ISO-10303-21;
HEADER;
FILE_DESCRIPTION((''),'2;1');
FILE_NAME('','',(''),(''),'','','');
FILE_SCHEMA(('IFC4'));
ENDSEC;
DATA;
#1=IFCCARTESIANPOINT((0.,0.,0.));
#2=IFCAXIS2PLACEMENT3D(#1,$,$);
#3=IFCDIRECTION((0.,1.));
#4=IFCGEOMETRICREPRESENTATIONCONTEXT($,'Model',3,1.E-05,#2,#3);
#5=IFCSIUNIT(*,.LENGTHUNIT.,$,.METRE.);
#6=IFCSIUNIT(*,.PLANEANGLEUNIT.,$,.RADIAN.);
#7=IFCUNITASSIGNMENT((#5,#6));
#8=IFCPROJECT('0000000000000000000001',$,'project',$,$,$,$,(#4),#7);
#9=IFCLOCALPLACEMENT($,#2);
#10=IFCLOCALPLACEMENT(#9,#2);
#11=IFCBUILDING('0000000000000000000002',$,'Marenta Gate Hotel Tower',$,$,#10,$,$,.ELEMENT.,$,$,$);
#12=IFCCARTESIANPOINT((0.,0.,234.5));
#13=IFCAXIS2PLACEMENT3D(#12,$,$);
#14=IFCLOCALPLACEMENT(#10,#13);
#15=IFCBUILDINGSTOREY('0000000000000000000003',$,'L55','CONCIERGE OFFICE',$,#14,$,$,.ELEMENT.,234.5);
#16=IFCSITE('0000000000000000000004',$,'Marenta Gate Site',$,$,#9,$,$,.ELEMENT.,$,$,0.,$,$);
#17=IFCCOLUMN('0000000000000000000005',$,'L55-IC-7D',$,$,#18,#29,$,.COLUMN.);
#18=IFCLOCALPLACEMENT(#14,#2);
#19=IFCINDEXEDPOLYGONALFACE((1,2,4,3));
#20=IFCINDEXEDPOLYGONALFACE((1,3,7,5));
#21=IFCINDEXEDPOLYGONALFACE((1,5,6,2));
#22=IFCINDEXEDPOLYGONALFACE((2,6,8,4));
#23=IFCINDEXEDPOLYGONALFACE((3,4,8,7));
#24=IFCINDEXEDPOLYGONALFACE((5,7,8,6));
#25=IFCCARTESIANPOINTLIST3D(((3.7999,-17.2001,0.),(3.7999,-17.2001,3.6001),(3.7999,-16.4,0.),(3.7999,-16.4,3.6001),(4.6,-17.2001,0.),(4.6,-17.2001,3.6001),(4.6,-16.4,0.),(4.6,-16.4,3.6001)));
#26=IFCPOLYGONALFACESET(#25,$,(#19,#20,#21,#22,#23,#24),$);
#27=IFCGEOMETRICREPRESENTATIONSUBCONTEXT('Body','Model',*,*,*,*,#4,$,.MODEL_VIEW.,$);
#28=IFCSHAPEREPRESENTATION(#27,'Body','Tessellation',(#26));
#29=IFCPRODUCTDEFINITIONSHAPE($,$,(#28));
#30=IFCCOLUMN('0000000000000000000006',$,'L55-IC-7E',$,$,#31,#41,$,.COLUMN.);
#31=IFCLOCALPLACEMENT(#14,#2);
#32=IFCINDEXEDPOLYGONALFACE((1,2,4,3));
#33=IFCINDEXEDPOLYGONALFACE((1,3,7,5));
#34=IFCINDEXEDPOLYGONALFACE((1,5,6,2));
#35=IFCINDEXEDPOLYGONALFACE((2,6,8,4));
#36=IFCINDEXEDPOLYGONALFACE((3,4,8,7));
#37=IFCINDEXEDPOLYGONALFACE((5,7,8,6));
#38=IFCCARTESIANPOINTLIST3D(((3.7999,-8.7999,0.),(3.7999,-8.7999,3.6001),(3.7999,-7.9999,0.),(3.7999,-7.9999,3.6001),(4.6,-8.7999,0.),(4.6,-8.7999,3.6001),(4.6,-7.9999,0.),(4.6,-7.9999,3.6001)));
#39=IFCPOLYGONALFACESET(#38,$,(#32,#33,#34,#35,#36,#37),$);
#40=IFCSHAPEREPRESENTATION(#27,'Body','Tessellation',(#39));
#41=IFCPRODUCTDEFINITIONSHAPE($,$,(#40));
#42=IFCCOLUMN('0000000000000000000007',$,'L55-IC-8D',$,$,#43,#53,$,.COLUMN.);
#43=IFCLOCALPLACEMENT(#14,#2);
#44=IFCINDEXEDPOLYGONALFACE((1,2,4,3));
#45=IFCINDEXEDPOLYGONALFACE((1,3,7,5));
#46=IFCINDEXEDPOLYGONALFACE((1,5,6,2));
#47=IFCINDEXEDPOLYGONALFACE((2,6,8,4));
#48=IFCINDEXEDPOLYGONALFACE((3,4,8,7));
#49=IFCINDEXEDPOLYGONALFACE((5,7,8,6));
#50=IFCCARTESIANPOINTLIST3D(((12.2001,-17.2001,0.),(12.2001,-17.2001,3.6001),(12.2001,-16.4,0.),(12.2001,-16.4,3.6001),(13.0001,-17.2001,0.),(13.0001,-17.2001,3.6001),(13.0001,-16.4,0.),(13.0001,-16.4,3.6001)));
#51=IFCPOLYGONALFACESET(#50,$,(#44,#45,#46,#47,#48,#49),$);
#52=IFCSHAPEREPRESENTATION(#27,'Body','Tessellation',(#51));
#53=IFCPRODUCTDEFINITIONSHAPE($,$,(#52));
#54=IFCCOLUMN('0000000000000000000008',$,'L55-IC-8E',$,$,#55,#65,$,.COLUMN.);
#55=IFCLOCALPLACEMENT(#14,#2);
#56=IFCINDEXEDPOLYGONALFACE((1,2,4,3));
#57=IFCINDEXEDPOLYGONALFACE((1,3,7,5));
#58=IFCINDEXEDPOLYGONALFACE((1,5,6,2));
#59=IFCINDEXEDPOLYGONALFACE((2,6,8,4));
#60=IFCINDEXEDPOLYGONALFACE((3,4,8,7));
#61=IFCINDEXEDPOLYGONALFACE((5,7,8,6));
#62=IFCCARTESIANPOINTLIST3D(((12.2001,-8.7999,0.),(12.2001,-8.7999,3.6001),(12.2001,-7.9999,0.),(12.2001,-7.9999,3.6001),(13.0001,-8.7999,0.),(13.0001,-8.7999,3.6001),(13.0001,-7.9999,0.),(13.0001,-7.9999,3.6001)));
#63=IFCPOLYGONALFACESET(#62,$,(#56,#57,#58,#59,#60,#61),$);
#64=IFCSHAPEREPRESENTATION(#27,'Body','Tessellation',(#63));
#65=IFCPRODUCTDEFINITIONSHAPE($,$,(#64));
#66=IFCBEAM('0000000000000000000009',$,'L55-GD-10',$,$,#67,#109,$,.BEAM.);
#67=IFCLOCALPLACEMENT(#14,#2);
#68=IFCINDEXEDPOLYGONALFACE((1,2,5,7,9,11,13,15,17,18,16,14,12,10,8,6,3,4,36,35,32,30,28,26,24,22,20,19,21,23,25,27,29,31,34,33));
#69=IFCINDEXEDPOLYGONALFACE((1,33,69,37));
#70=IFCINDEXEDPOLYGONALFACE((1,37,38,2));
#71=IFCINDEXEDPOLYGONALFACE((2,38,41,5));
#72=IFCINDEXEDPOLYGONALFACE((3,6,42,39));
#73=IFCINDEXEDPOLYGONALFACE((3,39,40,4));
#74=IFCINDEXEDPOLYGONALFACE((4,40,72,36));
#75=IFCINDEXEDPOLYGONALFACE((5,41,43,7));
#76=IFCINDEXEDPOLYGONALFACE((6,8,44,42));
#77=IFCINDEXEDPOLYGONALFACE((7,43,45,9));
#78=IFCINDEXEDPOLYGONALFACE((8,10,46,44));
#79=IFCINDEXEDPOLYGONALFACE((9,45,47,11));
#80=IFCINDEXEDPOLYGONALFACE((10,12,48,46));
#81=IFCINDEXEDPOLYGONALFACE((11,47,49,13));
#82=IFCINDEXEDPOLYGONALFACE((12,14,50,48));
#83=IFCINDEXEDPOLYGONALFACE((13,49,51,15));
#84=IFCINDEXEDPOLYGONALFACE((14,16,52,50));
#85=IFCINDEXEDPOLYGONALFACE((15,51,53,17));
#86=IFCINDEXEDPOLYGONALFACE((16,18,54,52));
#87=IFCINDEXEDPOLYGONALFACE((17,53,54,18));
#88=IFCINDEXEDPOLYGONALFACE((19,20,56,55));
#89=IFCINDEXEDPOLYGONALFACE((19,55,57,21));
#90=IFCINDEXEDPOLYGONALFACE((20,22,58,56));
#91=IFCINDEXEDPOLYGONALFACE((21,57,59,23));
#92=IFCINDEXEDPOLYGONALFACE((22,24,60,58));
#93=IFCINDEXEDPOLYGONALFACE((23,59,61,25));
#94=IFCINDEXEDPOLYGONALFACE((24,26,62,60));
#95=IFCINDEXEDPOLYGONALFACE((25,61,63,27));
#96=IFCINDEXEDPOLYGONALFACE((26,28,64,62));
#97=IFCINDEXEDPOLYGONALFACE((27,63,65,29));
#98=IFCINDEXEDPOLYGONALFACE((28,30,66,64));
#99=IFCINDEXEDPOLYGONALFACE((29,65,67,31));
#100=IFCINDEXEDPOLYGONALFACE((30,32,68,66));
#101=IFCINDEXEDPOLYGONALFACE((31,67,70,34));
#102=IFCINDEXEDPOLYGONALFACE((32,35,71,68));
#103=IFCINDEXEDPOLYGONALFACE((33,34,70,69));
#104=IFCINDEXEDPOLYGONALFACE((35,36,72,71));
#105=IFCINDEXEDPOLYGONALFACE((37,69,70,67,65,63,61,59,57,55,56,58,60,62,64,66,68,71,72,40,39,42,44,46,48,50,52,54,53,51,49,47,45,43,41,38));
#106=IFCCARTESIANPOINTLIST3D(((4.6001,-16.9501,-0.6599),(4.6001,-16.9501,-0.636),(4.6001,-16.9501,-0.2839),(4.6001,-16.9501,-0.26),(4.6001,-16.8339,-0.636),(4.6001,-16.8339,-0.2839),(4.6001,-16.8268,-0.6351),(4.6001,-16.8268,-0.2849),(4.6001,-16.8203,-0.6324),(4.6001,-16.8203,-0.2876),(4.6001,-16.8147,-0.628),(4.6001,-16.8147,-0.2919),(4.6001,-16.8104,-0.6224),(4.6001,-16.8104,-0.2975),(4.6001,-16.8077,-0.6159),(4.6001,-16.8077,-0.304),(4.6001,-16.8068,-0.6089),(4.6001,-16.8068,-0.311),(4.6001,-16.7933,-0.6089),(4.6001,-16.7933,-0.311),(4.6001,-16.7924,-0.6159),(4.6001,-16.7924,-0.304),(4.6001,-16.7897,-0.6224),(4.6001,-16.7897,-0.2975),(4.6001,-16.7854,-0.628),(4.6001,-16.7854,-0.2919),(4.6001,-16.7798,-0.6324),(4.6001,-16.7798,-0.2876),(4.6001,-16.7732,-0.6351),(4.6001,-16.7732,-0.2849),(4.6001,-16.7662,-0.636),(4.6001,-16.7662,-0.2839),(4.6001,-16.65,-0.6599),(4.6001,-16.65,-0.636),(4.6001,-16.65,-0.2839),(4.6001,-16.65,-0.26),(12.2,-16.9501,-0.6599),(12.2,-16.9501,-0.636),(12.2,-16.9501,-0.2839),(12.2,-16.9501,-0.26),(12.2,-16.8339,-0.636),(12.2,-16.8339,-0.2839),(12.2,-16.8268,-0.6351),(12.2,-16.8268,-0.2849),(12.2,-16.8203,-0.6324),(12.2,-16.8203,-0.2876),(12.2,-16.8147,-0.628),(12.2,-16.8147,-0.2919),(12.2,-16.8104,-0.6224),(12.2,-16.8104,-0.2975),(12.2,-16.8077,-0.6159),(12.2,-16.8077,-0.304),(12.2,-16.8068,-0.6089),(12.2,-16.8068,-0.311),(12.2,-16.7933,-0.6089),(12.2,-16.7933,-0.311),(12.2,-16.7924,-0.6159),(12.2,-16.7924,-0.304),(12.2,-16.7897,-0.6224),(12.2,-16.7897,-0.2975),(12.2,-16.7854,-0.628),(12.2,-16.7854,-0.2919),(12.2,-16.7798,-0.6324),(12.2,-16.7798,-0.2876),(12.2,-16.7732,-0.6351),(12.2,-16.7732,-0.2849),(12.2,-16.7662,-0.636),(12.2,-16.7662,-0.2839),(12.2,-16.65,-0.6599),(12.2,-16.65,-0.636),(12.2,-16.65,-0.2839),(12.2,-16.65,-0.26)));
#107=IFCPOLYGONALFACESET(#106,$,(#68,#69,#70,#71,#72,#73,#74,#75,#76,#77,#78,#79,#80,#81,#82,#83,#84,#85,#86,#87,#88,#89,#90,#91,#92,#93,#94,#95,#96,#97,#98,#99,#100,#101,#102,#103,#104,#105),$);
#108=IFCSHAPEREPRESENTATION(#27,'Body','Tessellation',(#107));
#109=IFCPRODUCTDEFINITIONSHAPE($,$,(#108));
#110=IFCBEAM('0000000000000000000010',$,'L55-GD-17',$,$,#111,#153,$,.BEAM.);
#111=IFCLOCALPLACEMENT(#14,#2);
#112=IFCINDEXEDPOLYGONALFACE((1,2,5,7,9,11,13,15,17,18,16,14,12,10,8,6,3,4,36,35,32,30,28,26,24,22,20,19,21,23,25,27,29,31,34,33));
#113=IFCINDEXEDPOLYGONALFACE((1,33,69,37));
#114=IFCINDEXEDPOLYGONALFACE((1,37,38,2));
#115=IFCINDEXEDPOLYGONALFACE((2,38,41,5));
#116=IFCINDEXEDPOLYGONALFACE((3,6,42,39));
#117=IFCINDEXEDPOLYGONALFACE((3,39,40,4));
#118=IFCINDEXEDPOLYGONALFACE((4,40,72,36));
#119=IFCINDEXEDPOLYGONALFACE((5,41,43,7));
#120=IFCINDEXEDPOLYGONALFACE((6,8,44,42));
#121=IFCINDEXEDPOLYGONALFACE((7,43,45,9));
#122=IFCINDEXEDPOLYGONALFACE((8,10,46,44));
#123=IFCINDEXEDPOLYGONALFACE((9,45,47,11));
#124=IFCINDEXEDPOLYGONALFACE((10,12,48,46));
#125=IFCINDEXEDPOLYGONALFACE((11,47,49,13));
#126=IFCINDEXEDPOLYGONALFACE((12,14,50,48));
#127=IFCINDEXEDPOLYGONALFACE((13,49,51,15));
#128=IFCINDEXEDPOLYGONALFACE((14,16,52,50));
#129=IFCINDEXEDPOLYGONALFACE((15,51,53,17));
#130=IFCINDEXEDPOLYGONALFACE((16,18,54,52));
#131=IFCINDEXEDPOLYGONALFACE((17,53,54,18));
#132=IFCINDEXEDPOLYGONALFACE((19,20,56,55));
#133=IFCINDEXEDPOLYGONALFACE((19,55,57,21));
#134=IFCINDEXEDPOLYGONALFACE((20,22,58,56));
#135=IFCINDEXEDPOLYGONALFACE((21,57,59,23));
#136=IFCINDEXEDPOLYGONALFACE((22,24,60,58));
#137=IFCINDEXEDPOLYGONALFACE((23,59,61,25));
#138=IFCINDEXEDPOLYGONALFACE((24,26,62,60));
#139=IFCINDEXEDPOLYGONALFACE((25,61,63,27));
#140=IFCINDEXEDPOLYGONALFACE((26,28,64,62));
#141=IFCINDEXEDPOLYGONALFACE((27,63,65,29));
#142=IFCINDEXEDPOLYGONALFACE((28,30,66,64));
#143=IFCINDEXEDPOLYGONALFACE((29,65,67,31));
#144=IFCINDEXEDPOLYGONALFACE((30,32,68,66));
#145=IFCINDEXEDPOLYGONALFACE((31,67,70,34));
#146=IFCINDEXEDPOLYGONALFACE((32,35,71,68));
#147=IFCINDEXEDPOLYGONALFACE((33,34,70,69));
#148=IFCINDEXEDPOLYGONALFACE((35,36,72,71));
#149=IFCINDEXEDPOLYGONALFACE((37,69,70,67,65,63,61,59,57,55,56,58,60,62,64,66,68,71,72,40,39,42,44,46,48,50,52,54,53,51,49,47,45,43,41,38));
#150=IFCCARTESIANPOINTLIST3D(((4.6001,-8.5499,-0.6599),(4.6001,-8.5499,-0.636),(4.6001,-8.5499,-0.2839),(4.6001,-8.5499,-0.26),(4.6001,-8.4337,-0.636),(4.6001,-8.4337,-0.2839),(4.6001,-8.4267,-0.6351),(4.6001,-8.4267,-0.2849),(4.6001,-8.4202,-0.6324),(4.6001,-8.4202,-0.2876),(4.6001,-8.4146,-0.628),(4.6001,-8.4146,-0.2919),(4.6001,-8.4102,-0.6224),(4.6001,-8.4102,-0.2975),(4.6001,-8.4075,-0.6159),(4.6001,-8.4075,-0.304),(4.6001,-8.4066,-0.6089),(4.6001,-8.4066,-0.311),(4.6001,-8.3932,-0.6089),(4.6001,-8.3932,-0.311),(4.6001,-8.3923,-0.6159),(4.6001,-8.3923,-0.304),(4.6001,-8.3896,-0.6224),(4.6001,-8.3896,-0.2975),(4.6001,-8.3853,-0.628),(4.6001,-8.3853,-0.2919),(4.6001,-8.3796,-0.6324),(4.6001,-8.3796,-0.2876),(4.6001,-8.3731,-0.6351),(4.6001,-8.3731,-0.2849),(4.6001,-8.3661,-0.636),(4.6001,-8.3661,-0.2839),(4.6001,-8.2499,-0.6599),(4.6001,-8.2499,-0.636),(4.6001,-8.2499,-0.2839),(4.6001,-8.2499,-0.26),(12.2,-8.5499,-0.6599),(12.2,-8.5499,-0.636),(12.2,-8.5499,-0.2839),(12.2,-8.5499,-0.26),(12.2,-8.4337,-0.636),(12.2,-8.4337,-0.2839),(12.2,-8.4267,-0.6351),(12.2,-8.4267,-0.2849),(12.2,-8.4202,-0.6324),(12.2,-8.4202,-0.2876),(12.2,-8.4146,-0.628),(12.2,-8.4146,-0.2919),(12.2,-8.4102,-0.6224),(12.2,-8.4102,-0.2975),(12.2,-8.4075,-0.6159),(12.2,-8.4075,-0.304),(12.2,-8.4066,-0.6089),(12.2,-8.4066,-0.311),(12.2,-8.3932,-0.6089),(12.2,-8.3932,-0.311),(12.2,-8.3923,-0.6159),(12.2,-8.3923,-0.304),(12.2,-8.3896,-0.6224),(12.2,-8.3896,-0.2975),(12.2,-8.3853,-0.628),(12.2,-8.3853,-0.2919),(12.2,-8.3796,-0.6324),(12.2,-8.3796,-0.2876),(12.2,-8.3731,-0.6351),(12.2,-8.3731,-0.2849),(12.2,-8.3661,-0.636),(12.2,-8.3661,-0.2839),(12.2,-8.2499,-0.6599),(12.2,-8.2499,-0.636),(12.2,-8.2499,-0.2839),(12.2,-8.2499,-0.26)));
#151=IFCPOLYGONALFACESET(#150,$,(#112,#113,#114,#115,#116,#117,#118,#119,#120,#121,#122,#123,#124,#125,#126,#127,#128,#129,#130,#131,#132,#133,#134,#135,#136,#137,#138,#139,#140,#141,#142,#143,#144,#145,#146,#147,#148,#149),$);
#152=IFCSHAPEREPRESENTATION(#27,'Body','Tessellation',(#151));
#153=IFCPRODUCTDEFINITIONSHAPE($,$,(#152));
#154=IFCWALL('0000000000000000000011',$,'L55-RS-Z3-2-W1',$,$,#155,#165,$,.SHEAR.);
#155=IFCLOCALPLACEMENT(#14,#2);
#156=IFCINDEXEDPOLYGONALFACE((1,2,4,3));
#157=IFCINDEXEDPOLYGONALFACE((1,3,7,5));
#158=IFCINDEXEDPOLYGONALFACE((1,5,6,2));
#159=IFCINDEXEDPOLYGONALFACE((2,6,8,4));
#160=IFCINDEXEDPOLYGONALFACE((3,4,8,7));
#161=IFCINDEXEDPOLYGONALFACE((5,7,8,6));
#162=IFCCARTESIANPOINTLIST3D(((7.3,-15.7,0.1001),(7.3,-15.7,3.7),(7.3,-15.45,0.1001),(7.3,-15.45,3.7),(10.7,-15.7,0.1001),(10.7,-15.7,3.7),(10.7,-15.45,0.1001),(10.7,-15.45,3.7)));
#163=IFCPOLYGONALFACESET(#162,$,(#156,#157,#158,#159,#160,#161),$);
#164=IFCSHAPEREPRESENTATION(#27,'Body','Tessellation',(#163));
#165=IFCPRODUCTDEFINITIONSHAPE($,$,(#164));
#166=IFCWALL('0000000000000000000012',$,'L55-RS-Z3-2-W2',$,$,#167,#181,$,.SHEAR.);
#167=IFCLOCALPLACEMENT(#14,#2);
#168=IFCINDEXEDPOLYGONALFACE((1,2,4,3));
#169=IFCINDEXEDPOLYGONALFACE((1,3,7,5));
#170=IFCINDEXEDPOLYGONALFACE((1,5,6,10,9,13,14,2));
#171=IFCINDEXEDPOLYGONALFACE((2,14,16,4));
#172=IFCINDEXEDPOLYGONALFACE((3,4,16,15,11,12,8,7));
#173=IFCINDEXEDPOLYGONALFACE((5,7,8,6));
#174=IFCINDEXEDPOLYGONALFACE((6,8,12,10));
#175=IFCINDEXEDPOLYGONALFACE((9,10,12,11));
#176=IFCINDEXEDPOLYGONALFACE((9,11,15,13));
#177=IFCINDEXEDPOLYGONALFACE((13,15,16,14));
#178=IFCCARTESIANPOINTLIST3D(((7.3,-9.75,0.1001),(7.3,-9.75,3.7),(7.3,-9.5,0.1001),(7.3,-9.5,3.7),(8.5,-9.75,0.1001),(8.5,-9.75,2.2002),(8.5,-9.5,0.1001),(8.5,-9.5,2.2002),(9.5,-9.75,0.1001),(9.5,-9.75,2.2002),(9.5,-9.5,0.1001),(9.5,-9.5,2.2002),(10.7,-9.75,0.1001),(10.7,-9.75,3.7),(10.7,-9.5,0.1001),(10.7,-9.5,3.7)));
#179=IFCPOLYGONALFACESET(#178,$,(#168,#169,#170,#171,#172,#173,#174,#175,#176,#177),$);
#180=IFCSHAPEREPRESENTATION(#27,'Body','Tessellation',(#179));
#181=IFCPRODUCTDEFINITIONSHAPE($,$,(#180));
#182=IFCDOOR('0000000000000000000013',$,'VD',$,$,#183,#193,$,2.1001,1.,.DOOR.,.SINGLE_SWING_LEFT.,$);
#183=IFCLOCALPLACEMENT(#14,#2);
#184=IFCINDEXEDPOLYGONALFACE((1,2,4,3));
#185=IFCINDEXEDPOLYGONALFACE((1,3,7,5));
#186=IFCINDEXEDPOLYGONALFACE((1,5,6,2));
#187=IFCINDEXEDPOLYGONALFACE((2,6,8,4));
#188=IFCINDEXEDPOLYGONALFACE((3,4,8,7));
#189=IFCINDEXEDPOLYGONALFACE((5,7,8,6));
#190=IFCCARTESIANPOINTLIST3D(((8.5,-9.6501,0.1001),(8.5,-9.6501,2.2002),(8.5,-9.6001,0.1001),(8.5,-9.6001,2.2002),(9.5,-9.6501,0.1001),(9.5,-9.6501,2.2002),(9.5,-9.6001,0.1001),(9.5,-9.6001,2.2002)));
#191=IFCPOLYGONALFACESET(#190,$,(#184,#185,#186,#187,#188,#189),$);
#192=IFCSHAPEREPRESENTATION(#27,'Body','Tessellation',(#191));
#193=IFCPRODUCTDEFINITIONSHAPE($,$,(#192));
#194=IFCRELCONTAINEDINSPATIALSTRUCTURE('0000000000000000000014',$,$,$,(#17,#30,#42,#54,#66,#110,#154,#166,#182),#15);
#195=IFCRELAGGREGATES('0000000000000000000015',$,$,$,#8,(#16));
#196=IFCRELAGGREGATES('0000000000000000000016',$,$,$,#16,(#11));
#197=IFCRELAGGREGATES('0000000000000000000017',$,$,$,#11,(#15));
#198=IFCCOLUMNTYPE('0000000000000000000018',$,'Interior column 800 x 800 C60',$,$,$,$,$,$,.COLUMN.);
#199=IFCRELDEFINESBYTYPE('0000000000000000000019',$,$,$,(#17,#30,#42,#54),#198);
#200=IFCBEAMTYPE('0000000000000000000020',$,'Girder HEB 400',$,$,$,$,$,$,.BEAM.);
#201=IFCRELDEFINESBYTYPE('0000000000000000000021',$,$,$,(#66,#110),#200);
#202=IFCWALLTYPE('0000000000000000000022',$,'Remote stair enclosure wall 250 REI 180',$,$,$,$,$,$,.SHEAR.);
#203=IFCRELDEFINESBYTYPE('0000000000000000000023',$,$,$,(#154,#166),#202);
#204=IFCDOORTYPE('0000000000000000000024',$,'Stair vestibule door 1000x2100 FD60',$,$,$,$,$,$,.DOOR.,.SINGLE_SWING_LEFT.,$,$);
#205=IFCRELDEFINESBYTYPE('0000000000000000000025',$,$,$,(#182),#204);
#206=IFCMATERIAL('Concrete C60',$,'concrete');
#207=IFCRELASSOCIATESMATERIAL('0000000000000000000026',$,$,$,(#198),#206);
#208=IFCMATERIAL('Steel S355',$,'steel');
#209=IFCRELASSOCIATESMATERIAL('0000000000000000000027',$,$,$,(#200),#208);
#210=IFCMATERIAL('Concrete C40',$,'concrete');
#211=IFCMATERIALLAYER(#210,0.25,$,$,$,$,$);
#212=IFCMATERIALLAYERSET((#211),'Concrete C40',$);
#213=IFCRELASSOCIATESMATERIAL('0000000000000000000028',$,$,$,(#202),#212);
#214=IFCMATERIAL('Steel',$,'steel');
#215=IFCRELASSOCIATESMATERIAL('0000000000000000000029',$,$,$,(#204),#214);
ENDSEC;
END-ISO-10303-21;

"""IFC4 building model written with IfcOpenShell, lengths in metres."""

from ifc_helpers import new_model, si_unit, direction, frame, frame_2d, origin, origin_2d, place, context, subcontext, project, spatial, rectangle, i_section, extrude, material, layer, layer_set, material_profile, profile_set, type_object, element, fill, save


model = new_model("IFC4")

# Units and contexts
model_context = context("Model", 3, precision=1e-05, world=origin(), true_north=direction((0.0, 1.0)))
body_context = subcontext(model_context, "Body", "Model", "MODEL_VIEW")
ifc_project = project(units=[si_unit("LENGTHUNIT", "METRE"), si_unit("PLANEANGLEUNIT", "RADIAN")], contexts=[model_context])

# Site, building, storey
site_placement = place(None, origin())
site = spatial("IfcSite", under=ifc_project, at=site_placement, Name="Marenta Gate Site", CompositionType="ELEMENT", RefElevation=0.0)
building_placement = place(site_placement, origin())
building = spatial("IfcBuilding", under=site, at=building_placement, Name="Marenta Gate Hotel Tower", CompositionType="ELEMENT")
storey_placement = place(building_placement, frame((0.0, 0.0, 234.5)))
storey = spatial("IfcBuildingStorey", under=building, at=storey_placement, Name="L55", Description="CONCIERGE OFFICE", CompositionType="ELEMENT", Elevation=234.5)

# Columns
ifc_material_1 = material(Name="Concrete C60", Category="concrete")
ifc_material_profile_1 = material_profile(ifc_material_1, rectangle(XDim=0.8, YDim=0.8, at=origin_2d()), Name="800 x 800")
ifc_profile_set_1 = profile_set([ifc_material_profile_1], Name="Concrete C60")
column_type = type_object("IfcColumnType", Name="Interior column 800 x 800 C60", PredefinedType="COLUMN", material=ifc_profile_set_1)
for number, where, z_axis, x_axis, name in (
    (1, (4.2, -16.8, 0.0), (0.0, 0.0, 1.0), (1.0, 0.0, 0.0), "L55-IC-7D"),
    (2, (4.2, -8.3999, 0.0), (0.0, 0.0, 1.0), (1.0, 0.0, 0.0), "L55-IC-7E"),
    (3, (12.6001, -16.8, 0.0), (0.0, 0.0, 1.0), (1.0, 0.0, 0.0), "L55-IC-8D"),
    (4, (12.6001, -8.3999, 0.0), (0.0, 0.0, 1.0), (1.0, 0.0, 0.0), "L55-IC-8E"),
):
    element("IfcColumn", number, at=place(storey_placement, frame(where, z_axis=z_axis, x_axis=x_axis)), inside=storey, type_object=column_type, Name=name, PredefinedType="COLUMN", context=body_context, shape_type="SweptSolid", body=[
        extrude(rectangle(XDim=0.8, YDim=0.8, at=origin_2d()), origin(), (0.0, 0.0, 1.0), 3.6001),
    ])

# Beams
ifc_material_2 = material(Name="Steel S355", Category="steel")
ifc_material_profile_2 = material_profile(ifc_material_2, i_section(OverallWidth=0.3, OverallDepth=0.3999, WebThickness=0.0134, FlangeThickness=0.0239, FilletRadius=0.0271, at=origin_2d()), Name="HEB 400")
ifc_profile_set_2 = profile_set([ifc_material_profile_2], Name="Steel S355")
beam_type = type_object("IfcBeamType", Name="Girder HEB 400", PredefinedType="BEAM", material=ifc_profile_set_2)
for number, where, z_axis, x_axis, name in (
    (5, (4.6001, -16.8, -0.46), (1.0, 0.0, 0.0), (0.0, 1.0, 0.0), "L55-GD-10"),
    (6, (4.6001, -8.3999, -0.46), (1.0, 0.0, 0.0), (0.0, 1.0, 0.0), "L55-GD-17"),
):
    element("IfcBeam", number, at=place(storey_placement, frame(where, z_axis=z_axis, x_axis=x_axis)), inside=storey, type_object=beam_type, Name=name, PredefinedType="BEAM", context=body_context, shape_type="SweptSolid", body=[
        extrude(i_section(OverallWidth=0.3, OverallDepth=0.3999, WebThickness=0.0134, FlangeThickness=0.0239, FilletRadius=0.0271, at=origin_2d()), origin(), (0.0, 0.0, 1.0), 7.5999),
    ])

# Wall
ifc_material_3 = material(Name="Concrete C40", Category="concrete")
ifc_layer_1 = layer(ifc_material_3, 0.25)
ifc_layer_set_1 = layer_set([ifc_layer_1], Name="Concrete C40")
wall_type_1 = type_object("IfcWallType", Name="Remote stair enclosure wall 250 REI 180", PredefinedType="SHEAR", material=ifc_layer_set_1)
wall_1_placement = place(storey_placement, frame((7.3, -15.575, 0.1001), z_axis=(0.0, 0.0, 1.0), x_axis=(1.0, 0.0, 0.0)))
element("IfcWall", 7, at=wall_1_placement, inside=storey, type_object=wall_type_1, Name="L55-RS-Z3-2-W1", PredefinedType="SHEAR", context=body_context, shape_type="SweptSolid", body=[
    extrude(rectangle(XDim=3.3999, YDim=0.25, at=frame_2d((1.7, 0.0))), origin(), (0.0, 0.0, 1.0), 3.5999),
])

# Wall, opening, door
wall_2_placement = place(storey_placement, frame((7.3, -9.625, 0.1001), z_axis=(0.0, 0.0, 1.0), x_axis=(1.0, 0.0, 0.0)))
wall_2 = element("IfcWall", 8, at=wall_2_placement, inside=storey, type_object=wall_type_1, Name="L55-RS-Z3-2-W2", PredefinedType="SHEAR", context=body_context, shape_type="SweptSolid", body=[
    extrude(rectangle(XDim=3.3999, YDim=0.25, at=frame_2d((1.7, 0.0))), origin(), (0.0, 0.0, 1.0), 3.5999),
])
opening_1_placement = place(wall_2_placement, frame((1.2, 0.0, 0.0)))
opening_1 = element("IfcOpeningElement", 9, at=opening_1_placement, cuts=wall_2, PredefinedType="OPENING", context=body_context, shape_type="SweptSolid", body=[
    extrude(rectangle(XDim=1.0, YDim=2.1001, at=frame_2d((0.5, 1.05))), frame((0.0, 0.125, 0.0), z_axis=(0.0, -1.0, 0.0), x_axis=(1.0, 0.0, 0.0)), (0.0, 0.0, 1.0), 0.25),
])
ifc_material_4 = material(Name="Steel", Category="steel")
door_type_1 = type_object("IfcDoorType", Name="Stair vestibule door 1000x2100 FD60", OperationType="SINGLE_SWING_LEFT", PredefinedType="DOOR", material=ifc_material_4)
door_1_placement = place(opening_1_placement, origin())
door_1 = element("IfcDoor", 10, at=door_1_placement, inside=storey, type_object=door_type_1, Name="VD", OperationType="SINGLE_SWING_LEFT", OverallHeight=2.1001, OverallWidth=1.0, PredefinedType="DOOR", context=body_context, shape_type="SweptSolid", body=[
    extrude(rectangle(XDim=1.0, YDim=2.1001, at=frame_2d((0.5, 1.05))), frame((0.0, 0.0249, 0.0), z_axis=(0.0, -1.0, 0.0), x_axis=(1.0, 0.0, 0.0)), (0.0, 0.0, 1.0), 0.05),
])
fill(opening_1, door_1)

save(model, "model.ifc")
